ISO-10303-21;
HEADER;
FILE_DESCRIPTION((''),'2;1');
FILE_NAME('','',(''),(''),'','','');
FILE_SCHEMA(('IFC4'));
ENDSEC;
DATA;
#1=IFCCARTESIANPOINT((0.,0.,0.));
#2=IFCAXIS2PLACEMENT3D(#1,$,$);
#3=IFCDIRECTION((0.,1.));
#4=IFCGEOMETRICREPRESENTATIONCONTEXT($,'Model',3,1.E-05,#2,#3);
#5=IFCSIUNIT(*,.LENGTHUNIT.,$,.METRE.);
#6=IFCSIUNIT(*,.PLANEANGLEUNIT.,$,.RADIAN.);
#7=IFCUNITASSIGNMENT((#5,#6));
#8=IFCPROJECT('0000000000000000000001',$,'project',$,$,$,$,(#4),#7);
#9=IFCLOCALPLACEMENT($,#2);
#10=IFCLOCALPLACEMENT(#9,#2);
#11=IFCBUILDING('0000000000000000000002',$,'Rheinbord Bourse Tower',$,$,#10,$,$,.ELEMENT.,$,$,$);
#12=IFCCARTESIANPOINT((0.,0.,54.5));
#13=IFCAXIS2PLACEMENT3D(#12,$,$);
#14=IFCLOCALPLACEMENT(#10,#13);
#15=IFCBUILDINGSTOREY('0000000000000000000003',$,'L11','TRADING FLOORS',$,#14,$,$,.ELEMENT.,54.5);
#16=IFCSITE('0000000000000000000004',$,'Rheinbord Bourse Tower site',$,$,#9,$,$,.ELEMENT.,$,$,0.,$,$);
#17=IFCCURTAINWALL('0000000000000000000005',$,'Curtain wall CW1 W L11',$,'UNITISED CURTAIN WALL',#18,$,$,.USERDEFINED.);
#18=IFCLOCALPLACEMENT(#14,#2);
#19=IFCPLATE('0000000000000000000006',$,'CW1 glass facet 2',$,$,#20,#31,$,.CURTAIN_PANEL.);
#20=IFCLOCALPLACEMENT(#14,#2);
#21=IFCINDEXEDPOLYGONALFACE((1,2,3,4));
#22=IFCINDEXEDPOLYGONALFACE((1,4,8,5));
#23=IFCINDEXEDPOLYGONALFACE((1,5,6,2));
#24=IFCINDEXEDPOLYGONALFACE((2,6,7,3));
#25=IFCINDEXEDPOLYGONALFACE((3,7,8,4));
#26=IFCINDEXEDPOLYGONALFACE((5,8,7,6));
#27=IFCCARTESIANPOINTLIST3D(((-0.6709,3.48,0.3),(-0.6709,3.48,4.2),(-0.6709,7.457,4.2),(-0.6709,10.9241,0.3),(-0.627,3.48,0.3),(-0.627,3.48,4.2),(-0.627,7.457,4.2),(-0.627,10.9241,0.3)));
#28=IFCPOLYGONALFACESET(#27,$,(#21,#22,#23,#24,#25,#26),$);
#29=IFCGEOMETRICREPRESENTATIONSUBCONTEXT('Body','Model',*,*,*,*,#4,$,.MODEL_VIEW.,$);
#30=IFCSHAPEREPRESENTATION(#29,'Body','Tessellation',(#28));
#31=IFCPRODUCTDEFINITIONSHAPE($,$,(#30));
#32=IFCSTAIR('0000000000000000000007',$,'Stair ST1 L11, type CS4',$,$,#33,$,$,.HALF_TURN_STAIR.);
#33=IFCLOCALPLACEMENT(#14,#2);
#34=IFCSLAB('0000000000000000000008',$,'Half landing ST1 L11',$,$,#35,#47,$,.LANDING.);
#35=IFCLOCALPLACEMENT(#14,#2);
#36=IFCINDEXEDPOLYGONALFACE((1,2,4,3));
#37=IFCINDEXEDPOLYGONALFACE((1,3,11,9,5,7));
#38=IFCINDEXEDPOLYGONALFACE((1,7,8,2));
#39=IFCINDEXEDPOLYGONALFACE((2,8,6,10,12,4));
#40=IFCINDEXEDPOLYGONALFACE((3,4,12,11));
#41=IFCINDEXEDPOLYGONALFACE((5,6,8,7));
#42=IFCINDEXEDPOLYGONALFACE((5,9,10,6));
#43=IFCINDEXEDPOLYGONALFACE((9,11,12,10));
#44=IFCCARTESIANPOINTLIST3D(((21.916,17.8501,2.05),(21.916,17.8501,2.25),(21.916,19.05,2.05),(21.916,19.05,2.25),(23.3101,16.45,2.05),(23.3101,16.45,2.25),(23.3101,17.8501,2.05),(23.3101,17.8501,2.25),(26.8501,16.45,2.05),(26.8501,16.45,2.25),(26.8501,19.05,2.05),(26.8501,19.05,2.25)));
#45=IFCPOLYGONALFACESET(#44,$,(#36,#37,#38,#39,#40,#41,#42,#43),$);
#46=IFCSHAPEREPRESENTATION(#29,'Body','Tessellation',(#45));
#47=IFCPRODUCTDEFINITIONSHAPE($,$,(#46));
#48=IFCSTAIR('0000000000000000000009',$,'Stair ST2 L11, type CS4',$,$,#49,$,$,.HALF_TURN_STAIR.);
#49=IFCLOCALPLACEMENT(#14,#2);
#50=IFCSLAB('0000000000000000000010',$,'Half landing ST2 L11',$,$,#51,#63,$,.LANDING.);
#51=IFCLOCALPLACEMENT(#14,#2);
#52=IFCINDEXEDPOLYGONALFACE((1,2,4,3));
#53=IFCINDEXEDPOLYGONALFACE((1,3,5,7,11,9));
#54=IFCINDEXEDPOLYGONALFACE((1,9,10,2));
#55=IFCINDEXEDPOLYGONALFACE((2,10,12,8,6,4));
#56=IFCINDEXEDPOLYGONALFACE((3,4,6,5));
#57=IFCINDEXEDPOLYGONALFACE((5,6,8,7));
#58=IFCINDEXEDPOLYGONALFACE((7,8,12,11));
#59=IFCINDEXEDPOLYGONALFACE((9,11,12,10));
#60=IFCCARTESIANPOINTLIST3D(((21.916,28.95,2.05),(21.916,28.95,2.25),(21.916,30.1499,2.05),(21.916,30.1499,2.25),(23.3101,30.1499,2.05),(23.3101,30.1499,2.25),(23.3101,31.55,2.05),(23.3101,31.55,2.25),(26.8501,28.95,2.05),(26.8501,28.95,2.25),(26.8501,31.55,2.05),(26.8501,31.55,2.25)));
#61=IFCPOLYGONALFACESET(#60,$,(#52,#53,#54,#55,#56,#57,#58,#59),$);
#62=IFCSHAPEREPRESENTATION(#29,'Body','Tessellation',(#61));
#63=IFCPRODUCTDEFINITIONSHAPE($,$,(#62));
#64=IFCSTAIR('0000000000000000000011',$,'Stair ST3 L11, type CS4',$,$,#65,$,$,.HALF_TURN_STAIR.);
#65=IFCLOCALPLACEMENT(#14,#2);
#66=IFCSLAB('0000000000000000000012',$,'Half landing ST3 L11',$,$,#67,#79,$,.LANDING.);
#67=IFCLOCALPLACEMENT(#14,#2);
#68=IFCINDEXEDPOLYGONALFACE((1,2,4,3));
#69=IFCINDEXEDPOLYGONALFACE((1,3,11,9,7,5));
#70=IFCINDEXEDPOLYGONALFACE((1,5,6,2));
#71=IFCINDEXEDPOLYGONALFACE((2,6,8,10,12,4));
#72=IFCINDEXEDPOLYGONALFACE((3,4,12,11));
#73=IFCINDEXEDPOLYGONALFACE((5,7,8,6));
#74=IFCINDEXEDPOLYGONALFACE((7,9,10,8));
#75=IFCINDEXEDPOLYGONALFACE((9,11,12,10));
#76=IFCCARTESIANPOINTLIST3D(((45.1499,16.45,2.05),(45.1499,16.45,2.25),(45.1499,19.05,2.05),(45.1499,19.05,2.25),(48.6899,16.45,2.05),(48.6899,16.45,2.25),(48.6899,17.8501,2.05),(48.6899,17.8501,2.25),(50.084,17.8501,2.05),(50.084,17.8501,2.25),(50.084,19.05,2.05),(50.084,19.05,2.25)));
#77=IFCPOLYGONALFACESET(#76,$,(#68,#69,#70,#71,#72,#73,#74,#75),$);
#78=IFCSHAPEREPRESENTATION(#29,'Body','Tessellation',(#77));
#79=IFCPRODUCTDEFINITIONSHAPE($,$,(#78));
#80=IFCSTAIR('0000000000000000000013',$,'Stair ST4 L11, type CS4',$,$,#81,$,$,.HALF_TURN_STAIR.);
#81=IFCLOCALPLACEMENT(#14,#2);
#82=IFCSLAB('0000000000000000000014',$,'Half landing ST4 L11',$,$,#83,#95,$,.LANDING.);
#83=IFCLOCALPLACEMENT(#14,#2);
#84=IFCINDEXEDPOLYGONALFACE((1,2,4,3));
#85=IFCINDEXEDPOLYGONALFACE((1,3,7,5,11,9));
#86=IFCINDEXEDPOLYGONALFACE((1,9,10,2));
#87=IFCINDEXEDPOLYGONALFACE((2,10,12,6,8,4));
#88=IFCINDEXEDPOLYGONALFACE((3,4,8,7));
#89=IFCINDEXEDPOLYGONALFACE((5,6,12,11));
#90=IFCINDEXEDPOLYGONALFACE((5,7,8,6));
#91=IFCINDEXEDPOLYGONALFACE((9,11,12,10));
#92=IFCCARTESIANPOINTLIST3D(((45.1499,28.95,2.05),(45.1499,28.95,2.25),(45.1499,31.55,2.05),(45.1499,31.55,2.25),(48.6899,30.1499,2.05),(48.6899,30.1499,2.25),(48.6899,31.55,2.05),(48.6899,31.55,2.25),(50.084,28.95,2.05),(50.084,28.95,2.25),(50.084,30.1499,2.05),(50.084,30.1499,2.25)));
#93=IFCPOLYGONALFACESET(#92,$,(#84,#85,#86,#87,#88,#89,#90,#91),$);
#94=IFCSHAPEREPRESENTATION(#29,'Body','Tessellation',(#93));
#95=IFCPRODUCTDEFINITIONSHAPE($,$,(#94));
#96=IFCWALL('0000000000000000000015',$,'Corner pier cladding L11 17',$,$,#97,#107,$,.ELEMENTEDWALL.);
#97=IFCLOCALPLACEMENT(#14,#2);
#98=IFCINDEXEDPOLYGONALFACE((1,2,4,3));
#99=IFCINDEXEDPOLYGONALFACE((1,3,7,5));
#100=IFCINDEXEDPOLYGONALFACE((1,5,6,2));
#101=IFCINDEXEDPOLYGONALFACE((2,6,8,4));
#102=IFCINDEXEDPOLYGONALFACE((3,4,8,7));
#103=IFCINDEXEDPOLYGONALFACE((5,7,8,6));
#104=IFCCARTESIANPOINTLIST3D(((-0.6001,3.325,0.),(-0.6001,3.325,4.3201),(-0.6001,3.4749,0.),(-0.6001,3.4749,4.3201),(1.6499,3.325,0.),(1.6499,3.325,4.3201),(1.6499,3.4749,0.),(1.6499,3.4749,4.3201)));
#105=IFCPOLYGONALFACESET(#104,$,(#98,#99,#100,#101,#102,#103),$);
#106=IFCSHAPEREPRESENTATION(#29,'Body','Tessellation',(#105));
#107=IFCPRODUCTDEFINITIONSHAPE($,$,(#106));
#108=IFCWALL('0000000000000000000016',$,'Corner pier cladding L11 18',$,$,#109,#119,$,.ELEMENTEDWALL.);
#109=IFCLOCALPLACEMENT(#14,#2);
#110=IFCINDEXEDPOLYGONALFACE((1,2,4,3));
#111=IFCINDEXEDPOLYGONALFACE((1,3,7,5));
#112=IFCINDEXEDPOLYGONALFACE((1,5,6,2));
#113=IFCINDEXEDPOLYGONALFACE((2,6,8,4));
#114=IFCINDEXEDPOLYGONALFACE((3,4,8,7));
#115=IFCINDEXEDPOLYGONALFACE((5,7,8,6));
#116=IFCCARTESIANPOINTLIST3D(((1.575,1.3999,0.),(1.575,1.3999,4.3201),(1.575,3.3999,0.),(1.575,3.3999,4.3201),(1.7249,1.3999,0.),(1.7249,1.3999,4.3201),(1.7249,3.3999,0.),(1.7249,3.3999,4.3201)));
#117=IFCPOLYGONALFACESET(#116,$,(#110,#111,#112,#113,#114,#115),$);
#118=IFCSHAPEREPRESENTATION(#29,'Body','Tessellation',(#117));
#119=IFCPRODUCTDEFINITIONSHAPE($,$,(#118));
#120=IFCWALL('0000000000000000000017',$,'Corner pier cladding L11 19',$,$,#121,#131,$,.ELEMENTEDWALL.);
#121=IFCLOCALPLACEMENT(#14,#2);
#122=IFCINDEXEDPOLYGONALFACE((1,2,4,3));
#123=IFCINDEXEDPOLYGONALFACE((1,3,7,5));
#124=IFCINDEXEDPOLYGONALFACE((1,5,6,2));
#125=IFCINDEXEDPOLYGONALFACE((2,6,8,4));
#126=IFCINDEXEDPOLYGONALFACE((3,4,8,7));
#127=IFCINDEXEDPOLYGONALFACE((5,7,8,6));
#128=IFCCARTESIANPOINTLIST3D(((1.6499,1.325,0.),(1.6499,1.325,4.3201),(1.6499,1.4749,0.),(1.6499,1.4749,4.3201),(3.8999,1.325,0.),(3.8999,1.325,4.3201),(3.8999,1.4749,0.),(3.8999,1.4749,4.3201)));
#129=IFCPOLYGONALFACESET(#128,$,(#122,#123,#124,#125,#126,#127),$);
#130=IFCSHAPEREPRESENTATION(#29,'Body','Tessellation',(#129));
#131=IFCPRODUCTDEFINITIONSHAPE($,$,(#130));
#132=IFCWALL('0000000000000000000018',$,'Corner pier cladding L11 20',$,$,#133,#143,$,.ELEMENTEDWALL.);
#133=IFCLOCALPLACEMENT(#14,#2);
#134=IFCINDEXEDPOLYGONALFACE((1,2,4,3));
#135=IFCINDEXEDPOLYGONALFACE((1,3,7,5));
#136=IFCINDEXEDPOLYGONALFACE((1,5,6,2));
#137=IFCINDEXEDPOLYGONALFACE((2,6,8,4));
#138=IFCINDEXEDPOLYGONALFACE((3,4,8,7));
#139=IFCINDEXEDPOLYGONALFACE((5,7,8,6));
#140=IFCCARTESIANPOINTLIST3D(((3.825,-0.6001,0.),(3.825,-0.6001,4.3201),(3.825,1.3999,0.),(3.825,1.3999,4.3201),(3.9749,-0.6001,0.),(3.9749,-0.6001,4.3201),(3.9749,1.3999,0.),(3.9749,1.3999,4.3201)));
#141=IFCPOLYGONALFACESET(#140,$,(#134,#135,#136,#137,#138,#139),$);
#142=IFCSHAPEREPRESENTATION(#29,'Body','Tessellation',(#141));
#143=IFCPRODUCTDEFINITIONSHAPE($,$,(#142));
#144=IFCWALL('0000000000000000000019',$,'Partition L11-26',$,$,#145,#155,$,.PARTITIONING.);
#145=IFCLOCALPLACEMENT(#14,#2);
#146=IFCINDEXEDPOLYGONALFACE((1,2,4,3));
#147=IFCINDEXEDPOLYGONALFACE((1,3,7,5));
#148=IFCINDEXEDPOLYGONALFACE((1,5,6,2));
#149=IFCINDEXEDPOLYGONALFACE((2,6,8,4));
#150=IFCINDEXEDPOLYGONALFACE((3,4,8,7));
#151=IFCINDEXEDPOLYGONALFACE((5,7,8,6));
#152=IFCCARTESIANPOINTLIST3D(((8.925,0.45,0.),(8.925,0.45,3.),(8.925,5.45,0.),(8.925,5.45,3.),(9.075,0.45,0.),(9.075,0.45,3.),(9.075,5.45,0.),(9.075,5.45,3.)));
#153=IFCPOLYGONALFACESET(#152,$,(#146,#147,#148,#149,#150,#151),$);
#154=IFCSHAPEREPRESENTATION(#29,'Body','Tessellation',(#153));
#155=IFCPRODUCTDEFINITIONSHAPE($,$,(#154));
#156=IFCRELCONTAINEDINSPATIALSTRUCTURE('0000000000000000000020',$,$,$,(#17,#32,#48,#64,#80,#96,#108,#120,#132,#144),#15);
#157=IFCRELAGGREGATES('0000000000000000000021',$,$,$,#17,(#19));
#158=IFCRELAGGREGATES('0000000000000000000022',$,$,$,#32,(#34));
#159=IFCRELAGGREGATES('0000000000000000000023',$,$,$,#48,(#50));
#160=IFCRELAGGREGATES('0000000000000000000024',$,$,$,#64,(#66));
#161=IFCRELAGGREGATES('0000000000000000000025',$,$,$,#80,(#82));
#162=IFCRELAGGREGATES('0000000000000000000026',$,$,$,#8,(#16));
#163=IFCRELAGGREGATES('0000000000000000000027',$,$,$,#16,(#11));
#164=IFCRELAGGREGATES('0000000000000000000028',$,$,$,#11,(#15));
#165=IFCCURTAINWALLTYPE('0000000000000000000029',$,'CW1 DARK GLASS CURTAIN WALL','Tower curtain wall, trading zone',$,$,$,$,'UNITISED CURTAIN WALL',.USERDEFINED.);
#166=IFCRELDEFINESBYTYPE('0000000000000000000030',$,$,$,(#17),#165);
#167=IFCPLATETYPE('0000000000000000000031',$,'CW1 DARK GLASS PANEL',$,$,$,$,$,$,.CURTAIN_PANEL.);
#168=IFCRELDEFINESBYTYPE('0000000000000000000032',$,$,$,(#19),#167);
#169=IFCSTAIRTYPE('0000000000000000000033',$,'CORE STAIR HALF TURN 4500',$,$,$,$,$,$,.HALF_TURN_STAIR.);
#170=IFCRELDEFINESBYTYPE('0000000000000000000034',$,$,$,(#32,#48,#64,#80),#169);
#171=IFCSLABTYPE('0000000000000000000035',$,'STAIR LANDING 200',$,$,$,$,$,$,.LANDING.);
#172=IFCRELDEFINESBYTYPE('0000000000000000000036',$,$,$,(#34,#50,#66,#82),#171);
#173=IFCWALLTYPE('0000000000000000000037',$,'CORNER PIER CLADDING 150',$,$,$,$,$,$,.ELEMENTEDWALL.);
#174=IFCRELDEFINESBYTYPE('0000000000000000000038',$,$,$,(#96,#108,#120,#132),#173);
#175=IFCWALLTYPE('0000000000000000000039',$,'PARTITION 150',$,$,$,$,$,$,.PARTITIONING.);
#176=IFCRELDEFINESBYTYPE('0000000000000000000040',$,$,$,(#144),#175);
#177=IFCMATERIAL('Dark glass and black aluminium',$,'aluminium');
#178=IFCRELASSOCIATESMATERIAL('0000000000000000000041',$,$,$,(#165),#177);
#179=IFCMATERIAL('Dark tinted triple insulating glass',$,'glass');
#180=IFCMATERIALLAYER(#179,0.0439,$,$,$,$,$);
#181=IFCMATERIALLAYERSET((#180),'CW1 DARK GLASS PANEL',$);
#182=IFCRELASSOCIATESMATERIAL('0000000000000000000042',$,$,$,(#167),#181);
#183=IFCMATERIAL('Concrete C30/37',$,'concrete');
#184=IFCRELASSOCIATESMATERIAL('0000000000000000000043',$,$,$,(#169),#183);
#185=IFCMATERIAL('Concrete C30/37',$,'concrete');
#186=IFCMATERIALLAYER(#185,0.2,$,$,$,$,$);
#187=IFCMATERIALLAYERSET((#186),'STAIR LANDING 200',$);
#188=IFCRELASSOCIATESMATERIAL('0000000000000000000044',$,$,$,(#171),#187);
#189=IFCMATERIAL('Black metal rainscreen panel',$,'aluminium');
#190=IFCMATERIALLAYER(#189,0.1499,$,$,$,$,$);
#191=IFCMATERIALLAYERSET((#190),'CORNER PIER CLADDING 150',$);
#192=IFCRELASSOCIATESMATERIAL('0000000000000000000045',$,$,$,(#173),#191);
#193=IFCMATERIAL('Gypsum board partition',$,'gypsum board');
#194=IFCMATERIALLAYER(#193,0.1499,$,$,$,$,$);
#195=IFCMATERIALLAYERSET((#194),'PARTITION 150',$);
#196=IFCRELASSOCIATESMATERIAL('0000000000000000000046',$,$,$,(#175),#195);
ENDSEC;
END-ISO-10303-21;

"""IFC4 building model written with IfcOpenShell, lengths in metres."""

from ifc_helpers import new_model, si_unit, direction, frame, frame_2d, origin, place, context, subcontext, project, spatial, polyline, rectangle, outline, extrude, material, layer, layer_set, type_object, element, aggregate, save


model = new_model("IFC4")

# Units and contexts
model_context = context("Model", 3, precision=1e-05, world=origin(), true_north=direction((0.0, 1.0)))
body_context = subcontext(model_context, "Body", "Model", "MODEL_VIEW")
ifc_project = project(units=[si_unit("LENGTHUNIT", "METRE"), si_unit("PLANEANGLEUNIT", "RADIAN")], contexts=[model_context])

# Site, building, storey
site_placement = place(None, origin())
site = spatial("IfcSite", under=ifc_project, at=site_placement, Name="Rheinbord Bourse Tower site", CompositionType="ELEMENT", RefElevation=0.0)
building_placement = place(site_placement, origin())
building = spatial("IfcBuilding", under=site, at=building_placement, Name="Rheinbord Bourse Tower", CompositionType="ELEMENT")
storey_placement = place(building_placement, frame((0.0, 0.0, 54.5)))
storey = spatial("IfcBuildingStorey", under=building, at=storey_placement, Name="L11", Description="TRADING FLOORS", CompositionType="ELEMENT", Elevation=54.5)

# Shared definitions
ifc_material_1 = material(Name="Dark glass and black aluminium", Category="aluminium")
curtain_wall_type = type_object("IfcCurtainWallType", Name="CW1 DARK GLASS CURTAIN WALL", Description="Tower curtain wall, trading zone", ElementType="UNITISED CURTAIN WALL", PredefinedType="USERDEFINED", material=ifc_material_1)

# Curtain wall
curtain_wall_1_placement = place(storey_placement, origin())
curtain_wall_1 = element("IfcCurtainWall", 1, at=curtain_wall_1_placement, inside=storey, type_object=curtain_wall_type, Name="Curtain wall CW1 W L11", ObjectType="UNITISED CURTAIN WALL", PredefinedType="USERDEFINED")

# Plate
ifc_material_2 = material(Name="Dark tinted triple insulating glass", Category="glass")
ifc_layer_1 = layer(ifc_material_2, 0.0439)
ifc_layer_set_1 = layer_set([ifc_layer_1], Name="CW1 DARK GLASS PANEL")
plate_type = type_object("IfcPlateType", Name="CW1 DARK GLASS PANEL", PredefinedType="CURTAIN_PANEL", material=ifc_layer_set_1)
plate_1_placement = place(storey_placement, frame((-0.6709, 3.48, 4.2), z_axis=(1.0, 0.0, 0.0), x_axis=(0.0, 0.0, -1.0)))
plate_1 = element("IfcPlate", 2, at=plate_1_placement, type_object=plate_type, Name="CW1 glass facet 2", PredefinedType="CURTAIN_PANEL", context=body_context, shape_type="SweptSolid", body=[
    extrude(outline(polyline([(0.0, 0.0), (3.8999, 0.0), (3.8999, 7.4441), (0.0, 3.9771), (0.0, 0.0)])), origin(), (0.0, 0.0, 1.0), 0.0439),
])
aggregate(curtain_wall_1, [plate_1])

# Stairs, slabs
ifc_material_3 = material(Name="Concrete C30/37", Category="concrete")
stair_type = type_object("IfcStairType", Name="CORE STAIR HALF TURN 4500", PredefinedType="HALF_TURN_STAIR", material=ifc_material_3)
stair_1_placement = place(storey_placement, origin())
stair_1 = element("IfcStair", 3, at=stair_1_placement, inside=storey, type_object=stair_type, Name="Stair ST1 L11, type CS4", PredefinedType="HALF_TURN_STAIR")
ifc_material_4 = material(Name="Concrete C30/37", Category="concrete")
ifc_layer_2 = layer(ifc_material_4, 0.2)
ifc_layer_set_2 = layer_set([ifc_layer_2], Name="STAIR LANDING 200")
slab_type_1 = type_object("IfcSlabType", Name="STAIR LANDING 200", PredefinedType="LANDING", material=ifc_layer_set_2)
slab_1_placement = place(storey_placement, frame((0.0, 0.0, 2.05)))
slab_1 = element("IfcSlab", 4, at=slab_1_placement, type_object=slab_type_1, Name="Half landing ST1 L11", PredefinedType="LANDING", context=body_context, shape_type="SweptSolid", body=[
    extrude(outline(polyline([(23.3101, 16.45), (26.8501, 16.45), (26.8501, 19.05), (21.916, 19.05), (21.916, 17.8501), (23.3101, 17.8501), (23.3101, 16.45)])), origin(), (0.0, 0.0, 1.0), 0.2),
])
aggregate(stair_1, [slab_1])
stair_2_placement = place(storey_placement, origin())
stair_2 = element("IfcStair", 5, at=stair_2_placement, inside=storey, type_object=stair_type, Name="Stair ST2 L11, type CS4", PredefinedType="HALF_TURN_STAIR")
slab_2_placement = place(storey_placement, frame((0.0, 0.0, 2.05)))
slab_2 = element("IfcSlab", 6, at=slab_2_placement, type_object=slab_type_1, Name="Half landing ST2 L11", PredefinedType="LANDING", context=body_context, shape_type="SweptSolid", body=[
    extrude(outline(polyline([(21.916, 28.95), (26.8501, 28.95), (26.8501, 31.55), (23.3101, 31.55), (23.3101, 30.1499), (21.916, 30.1499), (21.916, 28.95)])), origin(), (0.0, 0.0, 1.0), 0.2),
])
aggregate(stair_2, [slab_2])
stair_3_placement = place(storey_placement, origin())
stair_3 = element("IfcStair", 7, at=stair_3_placement, inside=storey, type_object=stair_type, Name="Stair ST3 L11, type CS4", PredefinedType="HALF_TURN_STAIR")
slab_3_placement = place(storey_placement, frame((0.0, 0.0, 2.05)))
slab_3 = element("IfcSlab", 8, at=slab_3_placement, type_object=slab_type_1, Name="Half landing ST3 L11", PredefinedType="LANDING", context=body_context, shape_type="SweptSolid", body=[
    extrude(outline(polyline([(45.1499, 16.45), (48.6899, 16.45), (48.6899, 17.8501), (50.084, 17.8501), (50.084, 19.05), (45.1499, 19.05), (45.1499, 16.45)])), origin(), (0.0, 0.0, 1.0), 0.2),
])
aggregate(stair_3, [slab_3])
stair_4_placement = place(storey_placement, origin())
stair_4 = element("IfcStair", 9, at=stair_4_placement, inside=storey, type_object=stair_type, Name="Stair ST4 L11, type CS4", PredefinedType="HALF_TURN_STAIR")
slab_4_placement = place(storey_placement, frame((0.0, 0.0, 2.05)))
slab_4 = element("IfcSlab", 10, at=slab_4_placement, type_object=slab_type_1, Name="Half landing ST4 L11", PredefinedType="LANDING", context=body_context, shape_type="SweptSolid", body=[
    extrude(outline(polyline([(45.1499, 28.95), (50.084, 28.95), (50.084, 30.1499), (48.6899, 30.1499), (48.6899, 31.55), (45.1499, 31.55), (45.1499, 28.95)])), origin(), (0.0, 0.0, 1.0), 0.2),
])
aggregate(stair_4, [slab_4])

# Walls
ifc_material_5 = material(Name="Black metal rainscreen panel", Category="aluminium")
ifc_layer_3 = layer(ifc_material_5, 0.1499)
ifc_layer_set_3 = layer_set([ifc_layer_3], Name="CORNER PIER CLADDING 150")
wall_type_1 = type_object("IfcWallType", Name="CORNER PIER CLADDING 150", PredefinedType="ELEMENTEDWALL", material=ifc_layer_set_3)
wall_1_placement = place(storey_placement, frame((-0.6001, 3.3999, 0.0), z_axis=(0.0, 0.0, 1.0), x_axis=(1.0, 0.0, 0.0)))
element("IfcWall", 11, at=wall_1_placement, inside=storey, type_object=wall_type_1, Name="Corner pier cladding L11 17", PredefinedType="ELEMENTEDWALL", context=body_context, shape_type="SweptSolid", body=[
    extrude(rectangle(XDim=2.25, YDim=0.1499, at=frame_2d((1.125, 0.0))), origin(), (0.0, 0.0, 1.0), 4.3201),
])
wall_2_placement = place(storey_placement, frame((1.6499, 3.3999, 0.0), z_axis=(0.0, 0.0, 1.0), x_axis=(0.0, -1.0, 0.0)))
element("IfcWall", 12, at=wall_2_placement, inside=storey, type_object=wall_type_1, Name="Corner pier cladding L11 18", PredefinedType="ELEMENTEDWALL", context=body_context, shape_type="SweptSolid", body=[
    extrude(rectangle(XDim=2.0, YDim=0.1499, at=frame_2d((1.0, 0.0))), origin(), (0.0, 0.0, 1.0), 4.3201),
])
wall_3_placement = place(storey_placement, frame((1.6499, 1.3999, 0.0), z_axis=(0.0, 0.0, 1.0), x_axis=(1.0, 0.0, 0.0)))
element("IfcWall", 13, at=wall_3_placement, inside=storey, type_object=wall_type_1, Name="Corner pier cladding L11 19", PredefinedType="ELEMENTEDWALL", context=body_context, shape_type="SweptSolid", body=[
    extrude(rectangle(XDim=2.25, YDim=0.1499, at=frame_2d((1.125, 0.0))), origin(), (0.0, 0.0, 1.0), 4.3201),
])
wall_4_placement = place(storey_placement, frame((3.8999, 1.3999, 0.0), z_axis=(0.0, 0.0, 1.0), x_axis=(0.0, -1.0, 0.0)))
element("IfcWall", 14, at=wall_4_placement, inside=storey, type_object=wall_type_1, Name="Corner pier cladding L11 20", PredefinedType="ELEMENTEDWALL", context=body_context, shape_type="SweptSolid", body=[
    extrude(rectangle(XDim=2.0, YDim=0.1499, at=frame_2d((1.0, 0.0))), origin(), (0.0, 0.0, 1.0), 4.3201),
])
ifc_material_6 = material(Name="Gypsum board partition", Category="gypsum board")
ifc_layer_4 = layer(ifc_material_6, 0.1499)
ifc_layer_set_4 = layer_set([ifc_layer_4], Name="PARTITION 150")
wall_type_2 = type_object("IfcWallType", Name="PARTITION 150", PredefinedType="PARTITIONING", material=ifc_layer_set_4)
wall_5_placement = place(storey_placement, frame((9.0, 0.45, 0.0), z_axis=(0.0, 0.0, 1.0), x_axis=(0.0, 1.0, 0.0)))
element("IfcWall", 15, at=wall_5_placement, inside=storey, type_object=wall_type_2, Name="Partition L11-26", PredefinedType="PARTITIONING", context=body_context, shape_type="SweptSolid", body=[
    extrude(rectangle(XDim=5.0, YDim=0.1499, at=frame_2d((2.5, 0.0))), origin(), (0.0, 0.0, 1.0), 3.0),
])

save(model, "model.ifc")
